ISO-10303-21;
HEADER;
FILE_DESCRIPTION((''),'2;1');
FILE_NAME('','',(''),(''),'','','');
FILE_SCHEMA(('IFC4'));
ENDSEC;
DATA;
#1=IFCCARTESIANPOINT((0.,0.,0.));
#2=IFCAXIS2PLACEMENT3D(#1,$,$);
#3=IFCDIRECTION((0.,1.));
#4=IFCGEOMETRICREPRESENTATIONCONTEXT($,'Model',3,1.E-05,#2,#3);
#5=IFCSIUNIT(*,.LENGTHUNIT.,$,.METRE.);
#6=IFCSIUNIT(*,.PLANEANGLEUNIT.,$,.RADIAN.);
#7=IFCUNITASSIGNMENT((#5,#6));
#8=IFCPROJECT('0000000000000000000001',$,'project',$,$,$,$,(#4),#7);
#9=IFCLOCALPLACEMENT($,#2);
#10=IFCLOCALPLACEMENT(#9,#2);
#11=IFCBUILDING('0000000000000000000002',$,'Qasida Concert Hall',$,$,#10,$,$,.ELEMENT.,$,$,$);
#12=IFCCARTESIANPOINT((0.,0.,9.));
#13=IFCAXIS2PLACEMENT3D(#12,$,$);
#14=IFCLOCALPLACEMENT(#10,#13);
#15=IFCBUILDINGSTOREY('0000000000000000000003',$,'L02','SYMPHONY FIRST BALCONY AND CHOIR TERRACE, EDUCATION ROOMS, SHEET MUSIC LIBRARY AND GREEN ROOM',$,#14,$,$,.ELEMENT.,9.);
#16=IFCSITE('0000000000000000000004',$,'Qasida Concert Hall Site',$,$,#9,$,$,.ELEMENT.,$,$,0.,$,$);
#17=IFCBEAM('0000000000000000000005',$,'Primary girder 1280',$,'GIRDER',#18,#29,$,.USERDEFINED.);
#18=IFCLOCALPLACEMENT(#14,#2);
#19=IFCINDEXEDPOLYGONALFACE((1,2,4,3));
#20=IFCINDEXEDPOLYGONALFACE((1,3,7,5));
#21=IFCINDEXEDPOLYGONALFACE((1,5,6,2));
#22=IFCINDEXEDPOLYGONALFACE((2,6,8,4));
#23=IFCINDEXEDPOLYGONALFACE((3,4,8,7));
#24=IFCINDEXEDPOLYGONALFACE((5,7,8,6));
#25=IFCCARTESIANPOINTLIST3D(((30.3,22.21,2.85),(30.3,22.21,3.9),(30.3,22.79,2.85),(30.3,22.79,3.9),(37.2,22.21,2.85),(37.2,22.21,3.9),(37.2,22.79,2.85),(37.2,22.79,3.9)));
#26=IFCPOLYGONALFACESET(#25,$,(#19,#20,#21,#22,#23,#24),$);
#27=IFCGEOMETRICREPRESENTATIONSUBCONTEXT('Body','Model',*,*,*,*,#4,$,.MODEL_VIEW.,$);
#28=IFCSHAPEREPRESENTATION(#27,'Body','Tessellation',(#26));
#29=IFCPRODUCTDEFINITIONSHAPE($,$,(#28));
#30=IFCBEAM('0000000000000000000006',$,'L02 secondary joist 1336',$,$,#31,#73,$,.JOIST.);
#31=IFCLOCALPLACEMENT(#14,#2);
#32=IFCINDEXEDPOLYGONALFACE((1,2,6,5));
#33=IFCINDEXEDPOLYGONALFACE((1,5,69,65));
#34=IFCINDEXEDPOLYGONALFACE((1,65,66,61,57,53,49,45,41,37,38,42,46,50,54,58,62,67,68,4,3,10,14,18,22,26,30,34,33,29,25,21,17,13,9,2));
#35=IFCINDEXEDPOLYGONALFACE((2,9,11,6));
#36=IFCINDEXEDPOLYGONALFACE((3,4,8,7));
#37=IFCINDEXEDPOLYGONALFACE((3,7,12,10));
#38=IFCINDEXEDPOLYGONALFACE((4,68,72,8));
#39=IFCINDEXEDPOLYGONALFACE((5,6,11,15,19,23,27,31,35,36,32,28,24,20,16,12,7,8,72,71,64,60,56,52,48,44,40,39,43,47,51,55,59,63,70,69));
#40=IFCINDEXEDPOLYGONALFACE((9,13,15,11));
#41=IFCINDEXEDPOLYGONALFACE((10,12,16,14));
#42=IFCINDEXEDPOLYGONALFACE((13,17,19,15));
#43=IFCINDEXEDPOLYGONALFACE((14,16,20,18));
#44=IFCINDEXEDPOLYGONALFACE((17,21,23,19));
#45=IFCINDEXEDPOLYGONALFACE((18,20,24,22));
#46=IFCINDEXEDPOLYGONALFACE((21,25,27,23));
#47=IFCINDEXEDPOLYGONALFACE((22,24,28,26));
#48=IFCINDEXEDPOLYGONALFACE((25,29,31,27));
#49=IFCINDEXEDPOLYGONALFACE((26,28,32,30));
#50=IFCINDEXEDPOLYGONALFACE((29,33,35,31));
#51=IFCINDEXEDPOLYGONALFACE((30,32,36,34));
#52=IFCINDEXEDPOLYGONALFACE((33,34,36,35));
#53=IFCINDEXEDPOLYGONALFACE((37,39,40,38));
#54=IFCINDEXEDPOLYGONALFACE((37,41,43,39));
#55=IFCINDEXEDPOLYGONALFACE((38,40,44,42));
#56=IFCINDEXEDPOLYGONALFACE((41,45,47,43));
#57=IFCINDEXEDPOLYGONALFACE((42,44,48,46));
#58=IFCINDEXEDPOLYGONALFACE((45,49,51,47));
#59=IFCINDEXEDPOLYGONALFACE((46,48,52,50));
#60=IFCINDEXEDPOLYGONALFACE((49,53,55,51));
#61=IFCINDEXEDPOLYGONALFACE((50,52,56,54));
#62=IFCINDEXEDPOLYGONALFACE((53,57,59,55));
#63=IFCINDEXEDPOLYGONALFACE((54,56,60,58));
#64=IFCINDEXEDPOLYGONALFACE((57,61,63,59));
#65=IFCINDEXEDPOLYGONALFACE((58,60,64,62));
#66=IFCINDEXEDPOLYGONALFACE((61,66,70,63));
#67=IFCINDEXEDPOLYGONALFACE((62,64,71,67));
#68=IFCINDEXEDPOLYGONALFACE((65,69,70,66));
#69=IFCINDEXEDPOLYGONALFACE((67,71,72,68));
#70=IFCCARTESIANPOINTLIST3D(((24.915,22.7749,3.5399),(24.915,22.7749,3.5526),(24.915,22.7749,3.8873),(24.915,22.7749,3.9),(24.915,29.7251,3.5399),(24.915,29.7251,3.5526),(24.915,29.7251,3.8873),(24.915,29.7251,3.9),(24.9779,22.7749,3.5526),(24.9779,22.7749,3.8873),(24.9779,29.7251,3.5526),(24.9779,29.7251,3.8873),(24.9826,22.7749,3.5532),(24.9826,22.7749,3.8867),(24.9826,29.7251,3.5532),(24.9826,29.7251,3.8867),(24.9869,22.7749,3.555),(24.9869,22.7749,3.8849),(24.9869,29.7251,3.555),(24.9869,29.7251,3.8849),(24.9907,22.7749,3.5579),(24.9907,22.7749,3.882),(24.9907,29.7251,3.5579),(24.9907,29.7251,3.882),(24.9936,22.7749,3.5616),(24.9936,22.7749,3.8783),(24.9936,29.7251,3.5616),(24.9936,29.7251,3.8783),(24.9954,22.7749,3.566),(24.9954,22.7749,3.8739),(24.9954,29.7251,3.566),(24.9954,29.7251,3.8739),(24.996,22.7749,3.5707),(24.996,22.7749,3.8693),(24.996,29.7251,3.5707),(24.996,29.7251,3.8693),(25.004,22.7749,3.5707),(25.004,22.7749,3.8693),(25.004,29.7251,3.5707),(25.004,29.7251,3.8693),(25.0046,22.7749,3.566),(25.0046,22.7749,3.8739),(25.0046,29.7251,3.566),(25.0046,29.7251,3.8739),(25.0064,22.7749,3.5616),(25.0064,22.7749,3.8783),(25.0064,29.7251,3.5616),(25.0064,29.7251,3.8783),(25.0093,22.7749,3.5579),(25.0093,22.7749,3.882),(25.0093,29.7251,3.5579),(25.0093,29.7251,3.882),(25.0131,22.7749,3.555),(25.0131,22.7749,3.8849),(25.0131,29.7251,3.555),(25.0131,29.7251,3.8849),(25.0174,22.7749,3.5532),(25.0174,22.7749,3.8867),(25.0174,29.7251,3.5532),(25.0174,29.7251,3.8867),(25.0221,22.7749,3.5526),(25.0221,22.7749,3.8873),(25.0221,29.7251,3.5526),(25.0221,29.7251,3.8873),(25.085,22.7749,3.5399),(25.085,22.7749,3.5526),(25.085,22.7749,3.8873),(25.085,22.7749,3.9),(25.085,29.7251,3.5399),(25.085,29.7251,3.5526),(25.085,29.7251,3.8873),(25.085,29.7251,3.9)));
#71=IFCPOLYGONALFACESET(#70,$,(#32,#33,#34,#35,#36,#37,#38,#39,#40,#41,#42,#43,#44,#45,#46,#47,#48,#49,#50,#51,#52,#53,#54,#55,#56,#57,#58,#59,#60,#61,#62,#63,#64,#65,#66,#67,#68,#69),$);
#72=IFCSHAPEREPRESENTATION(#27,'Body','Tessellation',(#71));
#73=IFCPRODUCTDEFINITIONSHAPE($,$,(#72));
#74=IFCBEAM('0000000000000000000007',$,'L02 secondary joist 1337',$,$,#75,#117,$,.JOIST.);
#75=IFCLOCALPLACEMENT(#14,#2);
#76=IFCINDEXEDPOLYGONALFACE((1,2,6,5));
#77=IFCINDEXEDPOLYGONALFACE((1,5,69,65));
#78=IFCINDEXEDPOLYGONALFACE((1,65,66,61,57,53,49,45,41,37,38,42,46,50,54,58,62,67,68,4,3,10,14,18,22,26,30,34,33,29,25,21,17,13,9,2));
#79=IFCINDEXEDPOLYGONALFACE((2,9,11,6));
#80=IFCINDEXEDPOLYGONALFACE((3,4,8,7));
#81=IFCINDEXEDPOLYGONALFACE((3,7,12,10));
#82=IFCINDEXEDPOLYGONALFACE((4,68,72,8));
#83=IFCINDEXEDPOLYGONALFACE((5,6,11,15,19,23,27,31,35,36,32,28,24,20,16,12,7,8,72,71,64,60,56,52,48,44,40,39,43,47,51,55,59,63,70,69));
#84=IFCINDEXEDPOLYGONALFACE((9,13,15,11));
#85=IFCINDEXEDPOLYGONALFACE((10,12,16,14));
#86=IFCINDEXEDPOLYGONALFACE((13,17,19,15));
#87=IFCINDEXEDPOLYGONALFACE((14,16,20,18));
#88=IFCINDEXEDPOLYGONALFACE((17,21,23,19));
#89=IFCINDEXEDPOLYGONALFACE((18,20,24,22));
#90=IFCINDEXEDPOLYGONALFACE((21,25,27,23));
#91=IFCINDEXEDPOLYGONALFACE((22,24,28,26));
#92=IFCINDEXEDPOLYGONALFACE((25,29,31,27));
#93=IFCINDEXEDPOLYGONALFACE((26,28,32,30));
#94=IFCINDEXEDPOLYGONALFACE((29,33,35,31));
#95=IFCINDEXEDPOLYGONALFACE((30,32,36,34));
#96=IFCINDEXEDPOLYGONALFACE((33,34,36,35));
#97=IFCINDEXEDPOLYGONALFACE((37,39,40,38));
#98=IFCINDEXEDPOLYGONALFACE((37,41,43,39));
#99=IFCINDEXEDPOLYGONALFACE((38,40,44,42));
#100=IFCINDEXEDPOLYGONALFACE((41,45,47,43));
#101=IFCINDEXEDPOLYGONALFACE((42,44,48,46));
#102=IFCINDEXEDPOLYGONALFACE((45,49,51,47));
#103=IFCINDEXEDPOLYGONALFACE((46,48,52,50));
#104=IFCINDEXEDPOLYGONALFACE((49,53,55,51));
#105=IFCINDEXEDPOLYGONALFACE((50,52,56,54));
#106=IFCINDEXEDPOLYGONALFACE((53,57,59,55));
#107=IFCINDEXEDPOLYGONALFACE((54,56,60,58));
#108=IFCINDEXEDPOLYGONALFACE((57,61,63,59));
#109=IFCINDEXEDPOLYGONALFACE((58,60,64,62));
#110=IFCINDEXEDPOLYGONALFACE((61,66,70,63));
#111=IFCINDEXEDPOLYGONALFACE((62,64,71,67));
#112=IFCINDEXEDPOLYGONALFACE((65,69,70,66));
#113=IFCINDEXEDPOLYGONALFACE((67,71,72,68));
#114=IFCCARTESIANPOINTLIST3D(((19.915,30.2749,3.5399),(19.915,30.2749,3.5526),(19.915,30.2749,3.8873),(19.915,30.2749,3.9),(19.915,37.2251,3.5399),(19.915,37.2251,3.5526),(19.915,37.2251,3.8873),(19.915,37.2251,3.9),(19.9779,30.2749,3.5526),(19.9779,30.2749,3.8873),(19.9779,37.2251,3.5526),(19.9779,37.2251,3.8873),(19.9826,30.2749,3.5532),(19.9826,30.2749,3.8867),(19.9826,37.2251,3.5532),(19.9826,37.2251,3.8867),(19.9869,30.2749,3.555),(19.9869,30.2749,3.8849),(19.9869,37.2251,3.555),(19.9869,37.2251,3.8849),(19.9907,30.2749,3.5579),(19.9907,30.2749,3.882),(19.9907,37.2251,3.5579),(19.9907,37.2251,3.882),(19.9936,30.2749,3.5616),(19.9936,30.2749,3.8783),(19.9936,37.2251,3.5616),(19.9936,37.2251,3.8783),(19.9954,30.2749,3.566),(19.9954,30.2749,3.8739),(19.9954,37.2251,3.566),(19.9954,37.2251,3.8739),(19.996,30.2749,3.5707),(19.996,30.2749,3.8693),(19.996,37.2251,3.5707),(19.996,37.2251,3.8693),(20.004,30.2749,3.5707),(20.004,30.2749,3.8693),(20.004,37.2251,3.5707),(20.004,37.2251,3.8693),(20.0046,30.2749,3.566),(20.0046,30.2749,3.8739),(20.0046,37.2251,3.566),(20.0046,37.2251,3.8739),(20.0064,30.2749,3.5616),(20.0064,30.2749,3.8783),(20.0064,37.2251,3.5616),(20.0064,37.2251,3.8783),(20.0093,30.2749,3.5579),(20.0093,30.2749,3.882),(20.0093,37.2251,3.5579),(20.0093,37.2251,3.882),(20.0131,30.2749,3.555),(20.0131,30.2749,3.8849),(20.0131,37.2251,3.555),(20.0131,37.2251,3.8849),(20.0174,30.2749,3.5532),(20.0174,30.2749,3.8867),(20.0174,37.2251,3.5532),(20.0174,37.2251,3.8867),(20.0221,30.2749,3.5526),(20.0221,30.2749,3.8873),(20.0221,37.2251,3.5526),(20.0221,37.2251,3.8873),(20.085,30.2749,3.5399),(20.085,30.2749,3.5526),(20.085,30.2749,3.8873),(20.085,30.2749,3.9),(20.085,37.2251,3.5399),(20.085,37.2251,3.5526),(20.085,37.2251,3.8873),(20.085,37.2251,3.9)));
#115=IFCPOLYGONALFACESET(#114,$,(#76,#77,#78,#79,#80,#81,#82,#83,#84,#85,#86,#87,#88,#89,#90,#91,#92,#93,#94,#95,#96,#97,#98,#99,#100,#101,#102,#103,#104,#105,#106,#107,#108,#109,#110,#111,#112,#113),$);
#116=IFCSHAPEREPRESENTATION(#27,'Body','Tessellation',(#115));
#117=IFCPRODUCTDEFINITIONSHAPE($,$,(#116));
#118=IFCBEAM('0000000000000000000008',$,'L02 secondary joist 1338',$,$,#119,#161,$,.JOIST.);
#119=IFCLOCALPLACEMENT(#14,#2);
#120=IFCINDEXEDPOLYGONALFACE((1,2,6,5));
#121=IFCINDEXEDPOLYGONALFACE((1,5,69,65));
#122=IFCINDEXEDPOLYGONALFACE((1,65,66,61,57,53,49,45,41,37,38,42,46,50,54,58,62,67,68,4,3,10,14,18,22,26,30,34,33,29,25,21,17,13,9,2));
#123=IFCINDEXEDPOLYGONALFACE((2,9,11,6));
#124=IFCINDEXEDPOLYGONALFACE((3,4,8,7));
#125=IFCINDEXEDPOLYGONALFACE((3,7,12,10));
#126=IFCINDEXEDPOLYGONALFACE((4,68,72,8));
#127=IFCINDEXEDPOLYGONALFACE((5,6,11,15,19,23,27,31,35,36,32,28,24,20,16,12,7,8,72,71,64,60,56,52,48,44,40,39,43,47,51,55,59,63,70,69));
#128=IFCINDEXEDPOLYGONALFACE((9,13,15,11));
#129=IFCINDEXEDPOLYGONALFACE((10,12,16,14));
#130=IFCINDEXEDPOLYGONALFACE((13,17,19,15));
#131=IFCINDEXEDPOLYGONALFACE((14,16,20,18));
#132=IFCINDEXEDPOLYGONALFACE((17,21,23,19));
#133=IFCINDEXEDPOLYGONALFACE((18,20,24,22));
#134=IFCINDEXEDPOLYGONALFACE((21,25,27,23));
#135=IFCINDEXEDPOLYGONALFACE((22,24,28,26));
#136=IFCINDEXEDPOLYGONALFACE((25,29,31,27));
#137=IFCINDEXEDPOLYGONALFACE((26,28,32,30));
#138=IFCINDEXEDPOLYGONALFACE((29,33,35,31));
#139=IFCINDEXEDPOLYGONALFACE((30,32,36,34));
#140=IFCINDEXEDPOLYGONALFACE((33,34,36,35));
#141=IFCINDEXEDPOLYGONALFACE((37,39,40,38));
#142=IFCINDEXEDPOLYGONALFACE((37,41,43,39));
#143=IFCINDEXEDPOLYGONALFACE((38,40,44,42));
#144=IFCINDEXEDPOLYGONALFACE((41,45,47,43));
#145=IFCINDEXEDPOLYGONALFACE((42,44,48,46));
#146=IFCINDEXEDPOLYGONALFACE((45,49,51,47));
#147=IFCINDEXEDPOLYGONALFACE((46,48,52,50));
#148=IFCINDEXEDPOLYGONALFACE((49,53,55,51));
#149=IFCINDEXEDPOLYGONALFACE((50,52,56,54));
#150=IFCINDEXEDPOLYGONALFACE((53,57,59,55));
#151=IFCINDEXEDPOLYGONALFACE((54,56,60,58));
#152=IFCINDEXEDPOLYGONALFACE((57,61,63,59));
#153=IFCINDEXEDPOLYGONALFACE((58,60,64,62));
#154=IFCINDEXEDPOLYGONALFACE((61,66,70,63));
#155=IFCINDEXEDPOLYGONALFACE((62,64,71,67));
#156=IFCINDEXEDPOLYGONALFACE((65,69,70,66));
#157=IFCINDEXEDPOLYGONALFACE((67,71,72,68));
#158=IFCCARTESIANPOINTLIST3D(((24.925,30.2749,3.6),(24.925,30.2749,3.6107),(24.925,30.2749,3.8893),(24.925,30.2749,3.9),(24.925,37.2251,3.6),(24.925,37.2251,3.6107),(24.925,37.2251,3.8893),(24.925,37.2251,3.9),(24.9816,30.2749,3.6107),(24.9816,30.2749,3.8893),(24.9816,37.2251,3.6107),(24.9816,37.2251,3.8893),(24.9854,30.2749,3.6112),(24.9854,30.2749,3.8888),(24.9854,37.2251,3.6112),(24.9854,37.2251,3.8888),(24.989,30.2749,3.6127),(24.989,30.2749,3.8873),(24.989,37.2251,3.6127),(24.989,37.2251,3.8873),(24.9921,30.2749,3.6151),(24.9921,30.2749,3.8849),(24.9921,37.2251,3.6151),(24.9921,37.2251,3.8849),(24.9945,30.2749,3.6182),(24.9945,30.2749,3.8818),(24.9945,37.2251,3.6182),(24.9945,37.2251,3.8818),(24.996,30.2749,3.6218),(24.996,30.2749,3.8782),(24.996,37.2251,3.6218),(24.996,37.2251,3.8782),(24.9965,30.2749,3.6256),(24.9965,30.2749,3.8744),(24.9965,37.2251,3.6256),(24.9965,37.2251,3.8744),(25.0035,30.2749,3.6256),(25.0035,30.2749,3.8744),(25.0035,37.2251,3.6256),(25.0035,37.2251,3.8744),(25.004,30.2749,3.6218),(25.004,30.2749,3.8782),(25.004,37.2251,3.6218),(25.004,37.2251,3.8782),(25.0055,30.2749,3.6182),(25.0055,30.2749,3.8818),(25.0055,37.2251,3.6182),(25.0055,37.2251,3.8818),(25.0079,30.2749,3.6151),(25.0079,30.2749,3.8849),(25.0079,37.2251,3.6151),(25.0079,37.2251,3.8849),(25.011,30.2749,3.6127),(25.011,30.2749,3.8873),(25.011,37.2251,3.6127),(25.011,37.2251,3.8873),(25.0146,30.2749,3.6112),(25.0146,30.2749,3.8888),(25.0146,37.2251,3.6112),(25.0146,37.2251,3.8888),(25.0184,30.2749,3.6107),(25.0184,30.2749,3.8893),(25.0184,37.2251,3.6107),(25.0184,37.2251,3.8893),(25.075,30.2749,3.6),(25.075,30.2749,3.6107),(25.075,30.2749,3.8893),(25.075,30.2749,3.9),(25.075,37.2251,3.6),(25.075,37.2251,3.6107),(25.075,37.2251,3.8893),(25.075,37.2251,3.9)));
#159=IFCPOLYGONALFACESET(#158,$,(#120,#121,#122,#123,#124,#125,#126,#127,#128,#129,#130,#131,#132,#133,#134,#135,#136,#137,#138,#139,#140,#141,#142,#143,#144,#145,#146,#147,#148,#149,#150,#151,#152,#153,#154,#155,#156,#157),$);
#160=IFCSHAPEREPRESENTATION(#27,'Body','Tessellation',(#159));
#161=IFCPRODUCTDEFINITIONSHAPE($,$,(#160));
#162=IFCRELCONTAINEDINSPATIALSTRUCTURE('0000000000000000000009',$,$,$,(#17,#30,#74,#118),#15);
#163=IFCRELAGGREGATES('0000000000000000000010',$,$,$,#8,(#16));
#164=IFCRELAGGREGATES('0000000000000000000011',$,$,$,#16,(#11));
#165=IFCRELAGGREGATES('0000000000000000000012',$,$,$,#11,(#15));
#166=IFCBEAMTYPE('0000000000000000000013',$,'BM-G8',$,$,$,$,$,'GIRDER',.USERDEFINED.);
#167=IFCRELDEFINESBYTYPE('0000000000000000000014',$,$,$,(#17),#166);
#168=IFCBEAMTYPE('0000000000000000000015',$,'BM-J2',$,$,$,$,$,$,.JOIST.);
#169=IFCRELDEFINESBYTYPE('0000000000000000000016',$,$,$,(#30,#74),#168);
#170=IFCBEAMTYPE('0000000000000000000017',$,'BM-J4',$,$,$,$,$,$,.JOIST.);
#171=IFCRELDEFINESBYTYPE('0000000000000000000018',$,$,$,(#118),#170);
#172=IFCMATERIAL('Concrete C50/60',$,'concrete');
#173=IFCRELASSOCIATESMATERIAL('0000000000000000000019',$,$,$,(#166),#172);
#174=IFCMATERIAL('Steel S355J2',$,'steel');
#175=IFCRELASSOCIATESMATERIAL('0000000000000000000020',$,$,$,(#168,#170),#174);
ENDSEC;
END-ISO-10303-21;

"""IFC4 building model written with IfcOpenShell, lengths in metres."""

from ifc_helpers import new_model, si_unit, direction, frame, origin, origin_2d, place, context, subcontext, project, spatial, rectangle, i_section, extrude, material, material_profile, profile_set, type_object, element, save


model = new_model("IFC4")

# Units and contexts
model_context = context("Model", 3, precision=1e-05, world=origin(), true_north=direction((0.0, 1.0)))
body_context = subcontext(model_context, "Body", "Model", "MODEL_VIEW")
ifc_project = project(units=[si_unit("LENGTHUNIT", "METRE"), si_unit("PLANEANGLEUNIT", "RADIAN")], contexts=[model_context])

# Site, building, storey
site_placement = place(None, origin())
site = spatial("IfcSite", under=ifc_project, at=site_placement, Name="Qasida Concert Hall Site", CompositionType="ELEMENT", RefElevation=0.0)
building_placement = place(site_placement, origin())
building = spatial("IfcBuilding", under=site, at=building_placement, Name="Qasida Concert Hall", CompositionType="ELEMENT")
storey_placement = place(building_placement, frame((0.0, 0.0, 9.0)))
storey = spatial("IfcBuildingStorey", under=building, at=storey_placement, Name="L02", Description="SYMPHONY FIRST BALCONY AND CHOIR TERRACE, EDUCATION ROOMS, SHEET MUSIC LIBRARY AND GREEN ROOM", CompositionType="ELEMENT", Elevation=9.0)

# Shared definitions
ifc_material_1 = material(Name="Concrete C50/60", Category="concrete")

# Beams
ifc_material_2 = material(Name="Steel S355J2", Category="steel")
ifc_material_profile_1 = material_profile(ifc_material_1, rectangle(XDim=0.5801, YDim=1.05, at=origin_2d()), Name="RC 580x1050")
ifc_profile_set_1 = profile_set([ifc_material_profile_1], Name="Concrete C50/60")
beam_type_1 = type_object("IfcBeamType", Name="BM-G8", ElementType="GIRDER", PredefinedType="USERDEFINED", material=ifc_profile_set_1)
beam_1_placement = place(storey_placement, frame((30.3, 22.5, 3.375), z_axis=(1.0, 0.0, 0.0), x_axis=(0.0, 1.0, 0.0)))
element("IfcBeam", 1, at=beam_1_placement, inside=storey, type_object=beam_type_1, Name="Primary girder 1280", ObjectType="GIRDER", PredefinedType="USERDEFINED", context=body_context, shape_type="SweptSolid", body=[
    extrude(rectangle(XDim=0.5801, YDim=1.05, at=origin_2d()), origin(), (0.0, 0.0, 1.0), 6.8999),
])
ifc_material_profile_2 = material_profile(ifc_material_2, i_section(OverallWidth=0.1699, OverallDepth=0.3601, WebThickness=0.0081, FlangeThickness=0.0127, FilletRadius=0.0181, at=origin_2d()), Name="IPE 360")
ifc_profile_set_2 = profile_set([ifc_material_profile_2], Name="Steel S355J2")
beam_type_2 = type_object("IfcBeamType", Name="BM-J2", PredefinedType="JOIST", material=ifc_profile_set_2)
for number, where, z_axis, x_axis, name in (
    (2, (25.0, 22.7749, 3.72), (0.0, 1.0, 0.0), (-1.0, 0.0, 0.0), "L02 secondary joist 1336"),
    (3, (20.0, 30.2749, 3.72), (0.0, 1.0, 0.0), (-1.0, 0.0, 0.0), "L02 secondary joist 1337"),
):
    element("IfcBeam", number, at=place(storey_placement, frame(where, z_axis=z_axis, x_axis=x_axis)), inside=storey, type_object=beam_type_2, Name=name, PredefinedType="JOIST", context=body_context, shape_type="SweptSolid", body=[
        extrude(i_section(OverallWidth=0.1699, OverallDepth=0.3601, WebThickness=0.0081, FlangeThickness=0.0127, FilletRadius=0.0181, at=origin_2d()), origin(), (0.0, 0.0, 1.0), 6.9502),
    ])
ifc_material_profile_3 = material_profile(ifc_material_2, i_section(OverallWidth=0.1499, OverallDepth=0.3, WebThickness=0.0071, FlangeThickness=0.0107, FilletRadius=0.0149, at=origin_2d()), Name="IPE 300")
ifc_profile_set_3 = profile_set([ifc_material_profile_3], Name="Steel S355J2")
beam_type_3 = type_object("IfcBeamType", Name="BM-J4", PredefinedType="JOIST", material=ifc_profile_set_3)
for number, where, z_axis, x_axis, name in (
    (4, (25.0, 30.2749, 3.75), (0.0, 1.0, 0.0), (-1.0, 0.0, 0.0), "L02 secondary joist 1338"),
):
    element("IfcBeam", number, at=place(storey_placement, frame(where, z_axis=z_axis, x_axis=x_axis)), inside=storey, type_object=beam_type_3, Name=name, PredefinedType="JOIST", context=body_context, shape_type="SweptSolid", body=[
        extrude(i_section(OverallWidth=0.1499, OverallDepth=0.3, WebThickness=0.0071, FlangeThickness=0.0107, FilletRadius=0.0149, at=origin_2d()), origin(), (0.0, 0.0, 1.0), 6.9502),
    ])

save(model, "model.ifc")
